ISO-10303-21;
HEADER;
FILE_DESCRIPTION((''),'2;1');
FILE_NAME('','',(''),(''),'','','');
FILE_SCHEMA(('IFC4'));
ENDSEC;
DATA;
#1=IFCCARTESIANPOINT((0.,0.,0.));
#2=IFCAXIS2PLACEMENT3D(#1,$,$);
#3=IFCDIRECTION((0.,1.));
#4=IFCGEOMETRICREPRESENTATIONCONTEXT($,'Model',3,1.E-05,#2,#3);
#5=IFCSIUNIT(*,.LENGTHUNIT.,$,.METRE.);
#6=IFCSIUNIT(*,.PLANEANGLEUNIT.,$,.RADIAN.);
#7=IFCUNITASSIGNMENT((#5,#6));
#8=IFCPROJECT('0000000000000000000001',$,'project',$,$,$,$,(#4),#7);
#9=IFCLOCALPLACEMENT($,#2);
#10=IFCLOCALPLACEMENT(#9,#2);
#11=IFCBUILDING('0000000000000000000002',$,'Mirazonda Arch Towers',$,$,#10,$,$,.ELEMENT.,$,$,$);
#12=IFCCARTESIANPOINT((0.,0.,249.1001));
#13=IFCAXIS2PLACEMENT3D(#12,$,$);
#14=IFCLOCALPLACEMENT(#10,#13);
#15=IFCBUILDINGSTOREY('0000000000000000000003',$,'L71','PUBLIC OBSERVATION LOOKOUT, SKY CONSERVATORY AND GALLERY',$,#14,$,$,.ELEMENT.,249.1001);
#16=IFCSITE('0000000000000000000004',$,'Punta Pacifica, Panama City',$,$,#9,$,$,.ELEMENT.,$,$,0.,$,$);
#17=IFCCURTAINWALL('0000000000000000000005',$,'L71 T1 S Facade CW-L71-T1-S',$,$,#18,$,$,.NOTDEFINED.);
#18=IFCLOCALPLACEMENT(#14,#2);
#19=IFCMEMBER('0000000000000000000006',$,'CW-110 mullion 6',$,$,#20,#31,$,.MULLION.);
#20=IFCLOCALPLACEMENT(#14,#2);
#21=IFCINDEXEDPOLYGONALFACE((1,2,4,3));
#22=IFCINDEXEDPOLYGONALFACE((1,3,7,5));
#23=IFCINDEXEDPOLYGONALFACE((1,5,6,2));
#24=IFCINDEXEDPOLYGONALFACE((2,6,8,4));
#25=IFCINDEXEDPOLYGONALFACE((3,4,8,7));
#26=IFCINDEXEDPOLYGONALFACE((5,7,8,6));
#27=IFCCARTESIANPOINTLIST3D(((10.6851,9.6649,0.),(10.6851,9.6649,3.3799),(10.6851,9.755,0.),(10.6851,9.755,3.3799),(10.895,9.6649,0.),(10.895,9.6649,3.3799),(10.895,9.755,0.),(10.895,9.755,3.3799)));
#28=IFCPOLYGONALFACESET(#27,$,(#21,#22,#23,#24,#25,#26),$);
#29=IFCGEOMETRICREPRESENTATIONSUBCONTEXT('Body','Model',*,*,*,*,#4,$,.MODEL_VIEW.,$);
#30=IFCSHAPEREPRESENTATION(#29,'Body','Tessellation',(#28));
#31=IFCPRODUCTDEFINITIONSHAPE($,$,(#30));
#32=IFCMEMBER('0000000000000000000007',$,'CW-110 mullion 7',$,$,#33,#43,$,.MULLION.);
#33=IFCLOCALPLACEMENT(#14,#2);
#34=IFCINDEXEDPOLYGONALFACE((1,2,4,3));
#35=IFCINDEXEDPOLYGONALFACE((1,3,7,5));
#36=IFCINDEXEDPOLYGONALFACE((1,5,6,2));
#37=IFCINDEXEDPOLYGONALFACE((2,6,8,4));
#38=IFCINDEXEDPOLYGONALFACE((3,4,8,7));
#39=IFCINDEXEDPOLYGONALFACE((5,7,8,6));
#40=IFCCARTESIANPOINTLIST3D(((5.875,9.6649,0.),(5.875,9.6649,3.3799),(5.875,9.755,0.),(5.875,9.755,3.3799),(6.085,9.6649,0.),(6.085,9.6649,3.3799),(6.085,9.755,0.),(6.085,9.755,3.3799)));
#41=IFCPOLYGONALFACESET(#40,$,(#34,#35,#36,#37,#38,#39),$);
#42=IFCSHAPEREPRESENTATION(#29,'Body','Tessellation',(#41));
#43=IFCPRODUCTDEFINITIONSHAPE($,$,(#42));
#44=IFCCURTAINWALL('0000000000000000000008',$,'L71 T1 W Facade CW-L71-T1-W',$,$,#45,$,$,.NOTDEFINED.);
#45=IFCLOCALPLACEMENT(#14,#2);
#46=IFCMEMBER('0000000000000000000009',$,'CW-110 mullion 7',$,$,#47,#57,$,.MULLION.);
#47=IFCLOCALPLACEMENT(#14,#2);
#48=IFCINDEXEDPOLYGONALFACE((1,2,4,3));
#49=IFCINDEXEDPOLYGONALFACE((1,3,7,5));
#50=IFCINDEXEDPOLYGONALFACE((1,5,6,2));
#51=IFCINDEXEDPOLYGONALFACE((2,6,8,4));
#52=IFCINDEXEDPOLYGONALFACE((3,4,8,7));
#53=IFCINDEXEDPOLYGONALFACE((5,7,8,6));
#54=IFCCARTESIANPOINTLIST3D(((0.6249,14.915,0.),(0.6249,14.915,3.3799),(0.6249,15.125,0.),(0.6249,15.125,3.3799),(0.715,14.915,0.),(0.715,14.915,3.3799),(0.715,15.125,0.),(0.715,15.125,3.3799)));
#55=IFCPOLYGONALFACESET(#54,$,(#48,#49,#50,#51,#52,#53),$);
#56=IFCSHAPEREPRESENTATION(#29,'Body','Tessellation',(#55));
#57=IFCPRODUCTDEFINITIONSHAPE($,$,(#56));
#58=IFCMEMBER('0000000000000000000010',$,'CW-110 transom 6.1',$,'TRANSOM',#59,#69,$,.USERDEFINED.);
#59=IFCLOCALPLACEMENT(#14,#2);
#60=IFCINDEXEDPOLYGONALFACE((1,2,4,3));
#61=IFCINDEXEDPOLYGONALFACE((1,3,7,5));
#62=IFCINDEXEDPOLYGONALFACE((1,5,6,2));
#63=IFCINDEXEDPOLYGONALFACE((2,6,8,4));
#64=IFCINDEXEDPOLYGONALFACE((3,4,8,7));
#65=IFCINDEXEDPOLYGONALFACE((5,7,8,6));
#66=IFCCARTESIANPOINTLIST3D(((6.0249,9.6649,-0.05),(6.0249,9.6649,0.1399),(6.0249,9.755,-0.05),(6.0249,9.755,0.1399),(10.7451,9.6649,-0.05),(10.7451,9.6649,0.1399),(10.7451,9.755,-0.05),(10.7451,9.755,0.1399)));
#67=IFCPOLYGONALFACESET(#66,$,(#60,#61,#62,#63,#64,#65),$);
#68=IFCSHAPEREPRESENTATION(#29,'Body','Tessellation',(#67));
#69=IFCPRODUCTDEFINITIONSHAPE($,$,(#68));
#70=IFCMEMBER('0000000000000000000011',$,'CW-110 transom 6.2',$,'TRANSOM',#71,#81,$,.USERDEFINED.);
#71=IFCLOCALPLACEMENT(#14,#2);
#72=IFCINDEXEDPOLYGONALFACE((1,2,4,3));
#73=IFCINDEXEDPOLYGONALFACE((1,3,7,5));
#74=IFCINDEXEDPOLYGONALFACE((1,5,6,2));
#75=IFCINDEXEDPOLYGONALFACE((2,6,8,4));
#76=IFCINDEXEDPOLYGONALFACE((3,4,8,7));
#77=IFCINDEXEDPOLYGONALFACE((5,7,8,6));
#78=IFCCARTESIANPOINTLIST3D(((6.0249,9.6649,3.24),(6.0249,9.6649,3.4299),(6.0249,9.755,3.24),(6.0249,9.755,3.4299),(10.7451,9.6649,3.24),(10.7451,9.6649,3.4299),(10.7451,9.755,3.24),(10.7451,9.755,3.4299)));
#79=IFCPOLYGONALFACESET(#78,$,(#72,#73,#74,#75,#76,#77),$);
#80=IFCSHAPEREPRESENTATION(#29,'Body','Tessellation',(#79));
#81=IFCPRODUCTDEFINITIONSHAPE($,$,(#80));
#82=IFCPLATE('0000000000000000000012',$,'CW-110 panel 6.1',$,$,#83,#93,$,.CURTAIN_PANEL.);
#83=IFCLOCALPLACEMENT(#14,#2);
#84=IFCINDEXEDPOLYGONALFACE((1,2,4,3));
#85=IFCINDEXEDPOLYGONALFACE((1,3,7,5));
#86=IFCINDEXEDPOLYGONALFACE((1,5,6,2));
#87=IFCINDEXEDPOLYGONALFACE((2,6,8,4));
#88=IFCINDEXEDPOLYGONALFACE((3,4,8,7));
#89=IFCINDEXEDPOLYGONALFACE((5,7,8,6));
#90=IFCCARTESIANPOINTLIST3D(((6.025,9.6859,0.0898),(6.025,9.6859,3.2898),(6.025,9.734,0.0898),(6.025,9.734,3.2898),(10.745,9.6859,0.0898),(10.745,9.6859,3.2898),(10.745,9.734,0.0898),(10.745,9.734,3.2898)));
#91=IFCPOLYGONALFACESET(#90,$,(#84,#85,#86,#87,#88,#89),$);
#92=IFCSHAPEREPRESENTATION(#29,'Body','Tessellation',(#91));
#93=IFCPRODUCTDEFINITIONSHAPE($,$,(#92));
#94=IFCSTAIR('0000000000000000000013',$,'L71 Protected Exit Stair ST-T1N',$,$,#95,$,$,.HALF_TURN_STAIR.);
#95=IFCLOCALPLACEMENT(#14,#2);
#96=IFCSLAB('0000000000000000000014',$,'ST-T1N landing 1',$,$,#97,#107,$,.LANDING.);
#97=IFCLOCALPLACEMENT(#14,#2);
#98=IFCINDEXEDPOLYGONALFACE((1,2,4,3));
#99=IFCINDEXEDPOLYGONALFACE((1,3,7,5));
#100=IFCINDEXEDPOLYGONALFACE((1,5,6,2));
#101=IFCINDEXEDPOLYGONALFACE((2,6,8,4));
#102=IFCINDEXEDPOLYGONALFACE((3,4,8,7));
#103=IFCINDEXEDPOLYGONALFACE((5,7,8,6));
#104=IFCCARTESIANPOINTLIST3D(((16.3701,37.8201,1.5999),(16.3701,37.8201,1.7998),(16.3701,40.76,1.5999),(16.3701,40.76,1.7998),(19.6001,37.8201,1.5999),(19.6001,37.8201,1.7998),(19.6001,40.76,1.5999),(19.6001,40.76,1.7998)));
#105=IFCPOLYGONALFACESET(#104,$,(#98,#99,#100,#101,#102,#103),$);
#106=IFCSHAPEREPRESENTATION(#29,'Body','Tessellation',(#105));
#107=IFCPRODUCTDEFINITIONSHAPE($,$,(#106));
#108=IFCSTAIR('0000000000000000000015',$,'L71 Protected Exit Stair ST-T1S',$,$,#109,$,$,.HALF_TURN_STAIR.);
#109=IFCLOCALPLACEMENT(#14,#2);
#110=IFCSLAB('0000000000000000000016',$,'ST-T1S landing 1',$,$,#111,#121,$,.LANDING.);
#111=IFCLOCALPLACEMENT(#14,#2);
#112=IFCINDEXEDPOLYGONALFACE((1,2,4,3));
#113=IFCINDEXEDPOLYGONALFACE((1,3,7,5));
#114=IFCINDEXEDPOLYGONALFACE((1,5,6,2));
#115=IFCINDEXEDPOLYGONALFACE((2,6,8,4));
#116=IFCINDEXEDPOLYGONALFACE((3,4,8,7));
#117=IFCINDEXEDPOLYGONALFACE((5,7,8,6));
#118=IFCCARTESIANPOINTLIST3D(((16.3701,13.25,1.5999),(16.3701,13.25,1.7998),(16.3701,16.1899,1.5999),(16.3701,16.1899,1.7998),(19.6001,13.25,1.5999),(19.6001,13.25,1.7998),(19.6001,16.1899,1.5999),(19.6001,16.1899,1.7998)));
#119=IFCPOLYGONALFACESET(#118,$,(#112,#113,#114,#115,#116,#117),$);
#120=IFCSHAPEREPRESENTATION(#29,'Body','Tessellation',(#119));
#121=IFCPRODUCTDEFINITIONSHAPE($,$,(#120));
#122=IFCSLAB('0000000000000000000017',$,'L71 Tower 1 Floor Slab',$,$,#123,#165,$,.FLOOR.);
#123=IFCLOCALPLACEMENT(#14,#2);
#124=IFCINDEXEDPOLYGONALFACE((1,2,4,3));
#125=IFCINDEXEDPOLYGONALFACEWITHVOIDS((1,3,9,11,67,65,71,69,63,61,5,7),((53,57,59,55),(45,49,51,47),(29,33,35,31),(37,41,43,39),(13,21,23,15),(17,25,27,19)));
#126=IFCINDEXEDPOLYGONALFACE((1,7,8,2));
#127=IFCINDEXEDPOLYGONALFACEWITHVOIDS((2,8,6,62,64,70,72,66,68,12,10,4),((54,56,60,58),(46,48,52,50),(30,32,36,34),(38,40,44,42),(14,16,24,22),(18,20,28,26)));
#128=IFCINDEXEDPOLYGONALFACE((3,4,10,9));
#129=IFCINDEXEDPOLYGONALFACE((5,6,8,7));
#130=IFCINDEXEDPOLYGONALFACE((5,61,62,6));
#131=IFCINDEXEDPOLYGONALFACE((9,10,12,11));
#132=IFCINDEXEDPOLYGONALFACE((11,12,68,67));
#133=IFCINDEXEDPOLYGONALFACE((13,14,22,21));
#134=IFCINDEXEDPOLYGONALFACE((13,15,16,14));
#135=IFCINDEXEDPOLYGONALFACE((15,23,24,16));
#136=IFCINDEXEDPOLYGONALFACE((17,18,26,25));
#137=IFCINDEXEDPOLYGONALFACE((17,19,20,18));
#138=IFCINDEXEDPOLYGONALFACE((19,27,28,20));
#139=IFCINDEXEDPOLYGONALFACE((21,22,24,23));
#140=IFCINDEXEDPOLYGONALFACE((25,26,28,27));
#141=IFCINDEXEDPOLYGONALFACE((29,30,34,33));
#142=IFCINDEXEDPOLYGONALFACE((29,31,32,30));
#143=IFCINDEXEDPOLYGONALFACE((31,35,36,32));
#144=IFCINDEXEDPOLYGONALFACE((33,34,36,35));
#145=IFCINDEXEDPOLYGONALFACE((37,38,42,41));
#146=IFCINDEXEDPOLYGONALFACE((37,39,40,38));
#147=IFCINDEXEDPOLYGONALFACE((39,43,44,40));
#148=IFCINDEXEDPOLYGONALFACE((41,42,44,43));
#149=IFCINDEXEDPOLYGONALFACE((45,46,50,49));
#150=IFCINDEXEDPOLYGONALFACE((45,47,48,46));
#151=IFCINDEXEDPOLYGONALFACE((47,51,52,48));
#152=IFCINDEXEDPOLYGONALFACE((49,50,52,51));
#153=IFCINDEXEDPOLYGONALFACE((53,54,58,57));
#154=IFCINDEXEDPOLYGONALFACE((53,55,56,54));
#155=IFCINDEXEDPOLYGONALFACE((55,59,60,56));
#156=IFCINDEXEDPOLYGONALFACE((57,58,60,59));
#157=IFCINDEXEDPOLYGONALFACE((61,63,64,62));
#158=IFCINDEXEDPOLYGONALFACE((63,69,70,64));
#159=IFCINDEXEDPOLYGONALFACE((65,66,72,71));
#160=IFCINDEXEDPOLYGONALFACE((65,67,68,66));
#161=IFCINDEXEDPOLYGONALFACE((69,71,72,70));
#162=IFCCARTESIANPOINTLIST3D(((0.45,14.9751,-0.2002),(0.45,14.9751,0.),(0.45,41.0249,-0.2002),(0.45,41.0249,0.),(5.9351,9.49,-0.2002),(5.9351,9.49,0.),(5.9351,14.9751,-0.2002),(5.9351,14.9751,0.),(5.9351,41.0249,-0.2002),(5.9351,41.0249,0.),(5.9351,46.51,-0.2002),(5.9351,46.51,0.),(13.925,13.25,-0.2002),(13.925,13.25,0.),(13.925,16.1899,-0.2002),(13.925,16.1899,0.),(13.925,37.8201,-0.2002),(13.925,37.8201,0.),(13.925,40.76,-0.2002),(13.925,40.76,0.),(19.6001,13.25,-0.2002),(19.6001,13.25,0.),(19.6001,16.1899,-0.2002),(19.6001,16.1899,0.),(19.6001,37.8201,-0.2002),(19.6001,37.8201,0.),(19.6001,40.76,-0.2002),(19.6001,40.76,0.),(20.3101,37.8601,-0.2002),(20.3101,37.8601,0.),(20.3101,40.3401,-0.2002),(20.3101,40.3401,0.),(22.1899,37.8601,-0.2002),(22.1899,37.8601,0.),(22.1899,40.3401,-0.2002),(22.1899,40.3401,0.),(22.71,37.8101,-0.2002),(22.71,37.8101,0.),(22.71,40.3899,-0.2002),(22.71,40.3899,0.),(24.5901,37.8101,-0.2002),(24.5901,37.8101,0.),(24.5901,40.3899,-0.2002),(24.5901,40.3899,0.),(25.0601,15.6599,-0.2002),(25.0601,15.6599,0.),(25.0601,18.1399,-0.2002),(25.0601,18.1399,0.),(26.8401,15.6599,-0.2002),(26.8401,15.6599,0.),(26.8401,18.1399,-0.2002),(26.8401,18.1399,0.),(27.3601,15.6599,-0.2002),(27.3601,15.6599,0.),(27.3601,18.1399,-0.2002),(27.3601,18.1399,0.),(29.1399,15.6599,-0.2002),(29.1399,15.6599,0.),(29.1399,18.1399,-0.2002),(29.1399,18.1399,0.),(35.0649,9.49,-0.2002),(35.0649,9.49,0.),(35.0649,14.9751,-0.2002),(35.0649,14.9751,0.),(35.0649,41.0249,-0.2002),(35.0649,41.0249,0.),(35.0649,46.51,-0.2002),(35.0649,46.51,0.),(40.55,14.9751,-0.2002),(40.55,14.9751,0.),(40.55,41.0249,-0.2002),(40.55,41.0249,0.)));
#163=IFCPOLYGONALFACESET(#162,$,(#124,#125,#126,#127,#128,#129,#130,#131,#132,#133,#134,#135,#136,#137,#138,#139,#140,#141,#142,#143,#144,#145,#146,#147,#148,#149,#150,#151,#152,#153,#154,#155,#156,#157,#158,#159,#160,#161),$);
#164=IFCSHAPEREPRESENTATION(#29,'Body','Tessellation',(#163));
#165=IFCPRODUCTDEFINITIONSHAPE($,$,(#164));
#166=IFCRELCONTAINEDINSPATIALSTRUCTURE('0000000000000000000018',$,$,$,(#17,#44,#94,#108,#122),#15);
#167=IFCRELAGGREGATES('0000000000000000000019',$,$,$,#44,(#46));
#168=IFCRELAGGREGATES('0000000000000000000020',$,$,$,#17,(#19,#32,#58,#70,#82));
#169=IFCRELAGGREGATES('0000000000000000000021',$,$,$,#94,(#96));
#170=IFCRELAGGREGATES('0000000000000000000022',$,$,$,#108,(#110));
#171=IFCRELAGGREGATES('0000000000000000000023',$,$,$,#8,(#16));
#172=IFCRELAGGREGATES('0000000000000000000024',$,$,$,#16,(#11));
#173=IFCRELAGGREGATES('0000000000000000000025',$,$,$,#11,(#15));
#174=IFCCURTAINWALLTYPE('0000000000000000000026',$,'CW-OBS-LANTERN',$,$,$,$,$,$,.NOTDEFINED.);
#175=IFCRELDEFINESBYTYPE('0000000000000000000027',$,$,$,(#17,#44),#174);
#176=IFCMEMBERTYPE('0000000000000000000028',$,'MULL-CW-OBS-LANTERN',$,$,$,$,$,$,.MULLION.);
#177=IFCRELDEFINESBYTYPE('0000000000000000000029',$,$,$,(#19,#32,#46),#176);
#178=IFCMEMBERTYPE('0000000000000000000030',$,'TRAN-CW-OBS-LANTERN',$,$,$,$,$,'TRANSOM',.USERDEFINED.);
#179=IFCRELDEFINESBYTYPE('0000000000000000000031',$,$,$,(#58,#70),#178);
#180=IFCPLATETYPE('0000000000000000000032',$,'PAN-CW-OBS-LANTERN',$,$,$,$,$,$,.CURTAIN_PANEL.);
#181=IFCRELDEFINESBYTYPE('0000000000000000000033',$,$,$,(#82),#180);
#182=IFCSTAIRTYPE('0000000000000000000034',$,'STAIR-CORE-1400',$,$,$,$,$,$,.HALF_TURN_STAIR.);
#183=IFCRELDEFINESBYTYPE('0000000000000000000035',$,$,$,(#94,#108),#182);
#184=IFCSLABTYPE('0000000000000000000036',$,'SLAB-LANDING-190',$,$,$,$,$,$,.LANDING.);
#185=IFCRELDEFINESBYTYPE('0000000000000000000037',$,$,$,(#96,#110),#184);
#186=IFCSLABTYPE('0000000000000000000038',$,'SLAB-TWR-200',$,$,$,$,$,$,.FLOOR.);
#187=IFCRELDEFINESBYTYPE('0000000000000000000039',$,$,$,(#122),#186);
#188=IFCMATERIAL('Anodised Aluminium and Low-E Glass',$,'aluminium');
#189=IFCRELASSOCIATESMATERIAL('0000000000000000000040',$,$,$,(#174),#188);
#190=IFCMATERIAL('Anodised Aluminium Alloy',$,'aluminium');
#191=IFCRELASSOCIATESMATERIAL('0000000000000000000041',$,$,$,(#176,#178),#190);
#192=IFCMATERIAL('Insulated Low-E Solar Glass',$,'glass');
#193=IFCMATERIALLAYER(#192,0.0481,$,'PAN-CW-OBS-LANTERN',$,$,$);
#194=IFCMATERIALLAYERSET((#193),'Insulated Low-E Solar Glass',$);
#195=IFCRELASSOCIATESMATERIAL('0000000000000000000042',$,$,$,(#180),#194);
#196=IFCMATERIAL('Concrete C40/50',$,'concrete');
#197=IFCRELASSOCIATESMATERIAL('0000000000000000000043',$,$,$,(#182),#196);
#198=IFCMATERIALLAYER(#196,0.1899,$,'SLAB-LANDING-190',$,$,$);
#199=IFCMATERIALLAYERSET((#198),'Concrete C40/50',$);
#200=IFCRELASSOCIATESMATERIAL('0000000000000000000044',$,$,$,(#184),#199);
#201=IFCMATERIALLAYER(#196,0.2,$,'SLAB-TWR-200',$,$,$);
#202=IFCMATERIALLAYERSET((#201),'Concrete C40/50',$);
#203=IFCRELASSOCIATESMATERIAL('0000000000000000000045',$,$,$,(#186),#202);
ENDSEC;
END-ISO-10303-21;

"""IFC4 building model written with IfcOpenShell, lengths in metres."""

from ifc_helpers import new_model, si_unit, direction, frame, origin, origin_2d, place, context, subcontext, project, spatial, polyline, rectangle, outline, extrude, material, layer, layer_set, material_profile, profile_set, type_object, element, aggregate, save


model = new_model("IFC4")

# Units and contexts
model_context = context("Model", 3, precision=1e-05, world=origin(), true_north=direction((0.0, 1.0)))
body_context = subcontext(model_context, "Body", "Model", "MODEL_VIEW")
ifc_project = project(units=[si_unit("LENGTHUNIT", "METRE"), si_unit("PLANEANGLEUNIT", "RADIAN")], contexts=[model_context])

# Site, building, storey
site_placement = place(None, origin())
site = spatial("IfcSite", under=ifc_project, at=site_placement, Name="Punta Pacifica, Panama City", CompositionType="ELEMENT", RefElevation=0.0)
building_placement = place(site_placement, origin())
building = spatial("IfcBuilding", under=site, at=building_placement, Name="Mirazonda Arch Towers", CompositionType="ELEMENT")
storey_placement = place(building_placement, frame((0.0, 0.0, 249.1001)))
storey = spatial("IfcBuildingStorey", under=building, at=storey_placement, Name="L71", Description="PUBLIC OBSERVATION LOOKOUT, SKY CONSERVATORY AND GALLERY", CompositionType="ELEMENT", Elevation=249.1001)

# Curtain wall, members
ifc_material_1 = material(Name="Anodised Aluminium and Low-E Glass", Category="aluminium")
curtain_wall_type = type_object("IfcCurtainWallType", Name="CW-OBS-LANTERN", PredefinedType="NOTDEFINED", material=ifc_material_1)
curtain_wall_1_placement = place(storey_placement, origin())
curtain_wall_1 = element("IfcCurtainWall", 1, at=curtain_wall_1_placement, inside=storey, type_object=curtain_wall_type, Name="L71 T1 S Facade CW-L71-T1-S", PredefinedType="NOTDEFINED")
ifc_material_2 = material(Name="Anodised Aluminium Alloy", Category="aluminium")
ifc_material_profile_1 = material_profile(ifc_material_2, rectangle(XDim=0.0901, YDim=0.21, at=origin_2d()), Name="ALU-MULL-90x210")
ifc_profile_set_1 = profile_set([ifc_material_profile_1], Name="Anodised Aluminium Alloy")
member_type_1 = type_object("IfcMemberType", Name="MULL-CW-OBS-LANTERN", PredefinedType="MULLION", material=ifc_profile_set_1)
member_1_placement = place(storey_placement, frame((10.79, 9.71, 0.0), z_axis=(0.0, 0.0, 1.0), x_axis=(0.0, -1.0, 0.0)))
member_1 = element("IfcMember", 2, at=member_1_placement, type_object=member_type_1, Name="CW-110 mullion 6", PredefinedType="MULLION", context=body_context, shape_type="SweptSolid", body=[
    extrude(rectangle(XDim=0.0901, YDim=0.21, at=origin_2d()), origin(), (0.0, 0.0, 1.0), 3.3799),
])
member_2_placement = place(storey_placement, frame((5.98, 9.71, 0.0), z_axis=(0.0, 0.0, 1.0), x_axis=(0.0, -1.0, 0.0)))
member_2 = element("IfcMember", 3, at=member_2_placement, type_object=member_type_1, Name="CW-110 mullion 7", PredefinedType="MULLION", context=body_context, shape_type="SweptSolid", body=[
    extrude(rectangle(XDim=0.0901, YDim=0.21, at=origin_2d()), origin(), (0.0, 0.0, 1.0), 3.3799),
])

# Curtain wall, member
curtain_wall_2_placement = place(storey_placement, origin())
curtain_wall_2 = element("IfcCurtainWall", 4, at=curtain_wall_2_placement, inside=storey, type_object=curtain_wall_type, Name="L71 T1 W Facade CW-L71-T1-W", PredefinedType="NOTDEFINED")
member_3_placement = place(storey_placement, frame((0.6699, 15.02, 0.0), z_axis=(0.0, 0.0, 1.0), x_axis=(1.0, 0.0, 0.0)))
member_3 = element("IfcMember", 5, at=member_3_placement, type_object=member_type_1, Name="CW-110 mullion 7", PredefinedType="MULLION", context=body_context, shape_type="SweptSolid", body=[
    extrude(rectangle(XDim=0.0901, YDim=0.21, at=origin_2d()), origin(), (0.0, 0.0, 1.0), 3.3799),
])
aggregate(curtain_wall_2, [member_3])

# Members
ifc_material_profile_2 = material_profile(ifc_material_2, rectangle(XDim=0.0901, YDim=0.1899, at=origin_2d()), Name="ALU-TRAN-90x190")
ifc_profile_set_2 = profile_set([ifc_material_profile_2], Name="Anodised Aluminium Alloy")
member_type_2 = type_object("IfcMemberType", Name="TRAN-CW-OBS-LANTERN", ElementType="TRANSOM", PredefinedType="USERDEFINED", material=ifc_profile_set_2)
member_4_placement = place(storey_placement, frame((10.7451, 9.71, 0.0449), z_axis=(-1.0, 0.0, 0.0), x_axis=(0.0, -1.0, 0.0)))
member_4 = element("IfcMember", 6, at=member_4_placement, type_object=member_type_2, Name="CW-110 transom 6.1", ObjectType="TRANSOM", PredefinedType="USERDEFINED", context=body_context, shape_type="SweptSolid", body=[
    extrude(rectangle(XDim=0.0901, YDim=0.1899, at=origin_2d()), origin(), (0.0, 0.0, 1.0), 4.7202),
])
member_5_placement = place(storey_placement, frame((10.7451, 9.71, 3.335), z_axis=(-1.0, 0.0, 0.0), x_axis=(0.0, -1.0, 0.0)))
member_5 = element("IfcMember", 7, at=member_5_placement, type_object=member_type_2, Name="CW-110 transom 6.2", ObjectType="TRANSOM", PredefinedType="USERDEFINED", context=body_context, shape_type="SweptSolid", body=[
    extrude(rectangle(XDim=0.0901, YDim=0.1899, at=origin_2d()), origin(), (0.0, 0.0, 1.0), 4.7202),
])

# Plate
ifc_material_3 = material(Name="Insulated Low-E Solar Glass", Category="glass")
ifc_layer_1 = layer(ifc_material_3, 0.0481, Name="PAN-CW-OBS-LANTERN")
ifc_layer_set_1 = layer_set([ifc_layer_1], Name="Insulated Low-E Solar Glass")
plate_type = type_object("IfcPlateType", Name="PAN-CW-OBS-LANTERN", PredefinedType="CURTAIN_PANEL", material=ifc_layer_set_1)
plate_placement = place(storey_placement, frame((8.385, 9.71, 0.0898), z_axis=(0.0, 0.0, 1.0), x_axis=(-1.0, 0.0, 0.0)))
plate = element("IfcPlate", 8, at=plate_placement, type_object=plate_type, Name="CW-110 panel 6.1", PredefinedType="CURTAIN_PANEL", context=body_context, shape_type="SweptSolid", body=[
    extrude(rectangle(XDim=4.72, YDim=0.0481, at=origin_2d()), origin(), (0.0, 0.0, 1.0), 3.2),
])
aggregate(curtain_wall_1, [member_1, member_2, member_4, member_5, plate])

# Stairs, slabs
ifc_material_4 = material(Name="Concrete C40/50", Category="concrete")
stair_type = type_object("IfcStairType", Name="STAIR-CORE-1400", PredefinedType="HALF_TURN_STAIR", material=ifc_material_4)
stair_1_placement = place(storey_placement, origin())
stair_1 = element("IfcStair", 9, at=stair_1_placement, inside=storey, type_object=stair_type, Name="L71 Protected Exit Stair ST-T1N", PredefinedType="HALF_TURN_STAIR")
ifc_layer_2 = layer(ifc_material_4, 0.1899, Name="SLAB-LANDING-190")
ifc_layer_set_2 = layer_set([ifc_layer_2], Name="Concrete C40/50")
slab_type_1 = type_object("IfcSlabType", Name="SLAB-LANDING-190", PredefinedType="LANDING", material=ifc_layer_set_2)
slab_1_placement = place(storey_placement, frame((0.0, 0.0, 1.5999)))
slab_1 = element("IfcSlab", 10, at=slab_1_placement, type_object=slab_type_1, Name="ST-T1N landing 1", PredefinedType="LANDING", context=body_context, shape_type="SweptSolid", body=[
    extrude(outline(polyline([(16.3701, 37.8201), (19.6001, 37.8201), (19.6001, 40.76), (16.3701, 40.76), (16.3701, 37.8201)])), origin(), (0.0, 0.0, 1.0), 0.2),
])
aggregate(stair_1, [slab_1])
stair_2_placement = place(storey_placement, origin())
stair_2 = element("IfcStair", 11, at=stair_2_placement, inside=storey, type_object=stair_type, Name="L71 Protected Exit Stair ST-T1S", PredefinedType="HALF_TURN_STAIR")
slab_2_placement = place(storey_placement, frame((0.0, 0.0, 1.5999)))
slab_2 = element("IfcSlab", 12, at=slab_2_placement, type_object=slab_type_1, Name="ST-T1S landing 1", PredefinedType="LANDING", context=body_context, shape_type="SweptSolid", body=[
    extrude(outline(polyline([(16.3701, 13.25), (19.6001, 13.25), (19.6001, 16.1899), (16.3701, 16.1899), (16.3701, 13.25)])), origin(), (0.0, 0.0, 1.0), 0.2),
])
aggregate(stair_2, [slab_2])

# Slab
ifc_layer_3 = layer(ifc_material_4, 0.2, Name="SLAB-TWR-200")
ifc_layer_set_3 = layer_set([ifc_layer_3], Name="Concrete C40/50")
slab_type_2 = type_object("IfcSlabType", Name="SLAB-TWR-200", PredefinedType="FLOOR", material=ifc_layer_set_3)
slab_3_placement = place(storey_placement, frame((0.0, 0.0, -0.2002)))
element("IfcSlab", 13, at=slab_3_placement, inside=storey, type_object=slab_type_2, Name="L71 Tower 1 Floor Slab", PredefinedType="FLOOR", context=body_context, shape_type="SweptSolid", body=[
    extrude(outline(polyline([(5.9351, 9.49), (35.0649, 9.49), (35.0649, 14.9751), (40.55, 14.9751), (40.55, 41.0249), (35.0649, 41.0249), (35.0649, 46.51), (5.9351, 46.51), (5.9351, 41.0249), (0.45, 41.0249), (0.45, 14.9751), (5.9351, 14.9751), (5.9351, 9.49)]), holes=[polyline([(27.3601, 18.1399), (29.1399, 18.1399), (29.1399, 15.6599), (27.3601, 15.6599), (27.3601, 18.1399)]), polyline([(25.0601, 18.1399), (26.8401, 18.1399), (26.8401, 15.6599), (25.0601, 15.6599), (25.0601, 18.1399)]), polyline([(22.71, 40.3899), (24.5901, 40.3899), (24.5901, 37.8101), (22.71, 37.8101), (22.71, 40.3899)]), polyline([(20.3101, 37.8601), (20.3101, 40.3401), (22.1899, 40.3401), (22.1899, 37.8601), (20.3101, 37.8601)]), polyline([(19.6001, 13.25), (13.925, 13.25), (13.925, 16.1899), (19.6001, 16.1899), (19.6001, 13.25)]), polyline([(13.925, 37.8201), (13.925, 40.76), (19.6001, 40.76), (19.6001, 37.8201), (13.925, 37.8201)])]), origin(), (0.0, 0.0, 1.0), 0.2002),
])

save(model, "model.ifc")
